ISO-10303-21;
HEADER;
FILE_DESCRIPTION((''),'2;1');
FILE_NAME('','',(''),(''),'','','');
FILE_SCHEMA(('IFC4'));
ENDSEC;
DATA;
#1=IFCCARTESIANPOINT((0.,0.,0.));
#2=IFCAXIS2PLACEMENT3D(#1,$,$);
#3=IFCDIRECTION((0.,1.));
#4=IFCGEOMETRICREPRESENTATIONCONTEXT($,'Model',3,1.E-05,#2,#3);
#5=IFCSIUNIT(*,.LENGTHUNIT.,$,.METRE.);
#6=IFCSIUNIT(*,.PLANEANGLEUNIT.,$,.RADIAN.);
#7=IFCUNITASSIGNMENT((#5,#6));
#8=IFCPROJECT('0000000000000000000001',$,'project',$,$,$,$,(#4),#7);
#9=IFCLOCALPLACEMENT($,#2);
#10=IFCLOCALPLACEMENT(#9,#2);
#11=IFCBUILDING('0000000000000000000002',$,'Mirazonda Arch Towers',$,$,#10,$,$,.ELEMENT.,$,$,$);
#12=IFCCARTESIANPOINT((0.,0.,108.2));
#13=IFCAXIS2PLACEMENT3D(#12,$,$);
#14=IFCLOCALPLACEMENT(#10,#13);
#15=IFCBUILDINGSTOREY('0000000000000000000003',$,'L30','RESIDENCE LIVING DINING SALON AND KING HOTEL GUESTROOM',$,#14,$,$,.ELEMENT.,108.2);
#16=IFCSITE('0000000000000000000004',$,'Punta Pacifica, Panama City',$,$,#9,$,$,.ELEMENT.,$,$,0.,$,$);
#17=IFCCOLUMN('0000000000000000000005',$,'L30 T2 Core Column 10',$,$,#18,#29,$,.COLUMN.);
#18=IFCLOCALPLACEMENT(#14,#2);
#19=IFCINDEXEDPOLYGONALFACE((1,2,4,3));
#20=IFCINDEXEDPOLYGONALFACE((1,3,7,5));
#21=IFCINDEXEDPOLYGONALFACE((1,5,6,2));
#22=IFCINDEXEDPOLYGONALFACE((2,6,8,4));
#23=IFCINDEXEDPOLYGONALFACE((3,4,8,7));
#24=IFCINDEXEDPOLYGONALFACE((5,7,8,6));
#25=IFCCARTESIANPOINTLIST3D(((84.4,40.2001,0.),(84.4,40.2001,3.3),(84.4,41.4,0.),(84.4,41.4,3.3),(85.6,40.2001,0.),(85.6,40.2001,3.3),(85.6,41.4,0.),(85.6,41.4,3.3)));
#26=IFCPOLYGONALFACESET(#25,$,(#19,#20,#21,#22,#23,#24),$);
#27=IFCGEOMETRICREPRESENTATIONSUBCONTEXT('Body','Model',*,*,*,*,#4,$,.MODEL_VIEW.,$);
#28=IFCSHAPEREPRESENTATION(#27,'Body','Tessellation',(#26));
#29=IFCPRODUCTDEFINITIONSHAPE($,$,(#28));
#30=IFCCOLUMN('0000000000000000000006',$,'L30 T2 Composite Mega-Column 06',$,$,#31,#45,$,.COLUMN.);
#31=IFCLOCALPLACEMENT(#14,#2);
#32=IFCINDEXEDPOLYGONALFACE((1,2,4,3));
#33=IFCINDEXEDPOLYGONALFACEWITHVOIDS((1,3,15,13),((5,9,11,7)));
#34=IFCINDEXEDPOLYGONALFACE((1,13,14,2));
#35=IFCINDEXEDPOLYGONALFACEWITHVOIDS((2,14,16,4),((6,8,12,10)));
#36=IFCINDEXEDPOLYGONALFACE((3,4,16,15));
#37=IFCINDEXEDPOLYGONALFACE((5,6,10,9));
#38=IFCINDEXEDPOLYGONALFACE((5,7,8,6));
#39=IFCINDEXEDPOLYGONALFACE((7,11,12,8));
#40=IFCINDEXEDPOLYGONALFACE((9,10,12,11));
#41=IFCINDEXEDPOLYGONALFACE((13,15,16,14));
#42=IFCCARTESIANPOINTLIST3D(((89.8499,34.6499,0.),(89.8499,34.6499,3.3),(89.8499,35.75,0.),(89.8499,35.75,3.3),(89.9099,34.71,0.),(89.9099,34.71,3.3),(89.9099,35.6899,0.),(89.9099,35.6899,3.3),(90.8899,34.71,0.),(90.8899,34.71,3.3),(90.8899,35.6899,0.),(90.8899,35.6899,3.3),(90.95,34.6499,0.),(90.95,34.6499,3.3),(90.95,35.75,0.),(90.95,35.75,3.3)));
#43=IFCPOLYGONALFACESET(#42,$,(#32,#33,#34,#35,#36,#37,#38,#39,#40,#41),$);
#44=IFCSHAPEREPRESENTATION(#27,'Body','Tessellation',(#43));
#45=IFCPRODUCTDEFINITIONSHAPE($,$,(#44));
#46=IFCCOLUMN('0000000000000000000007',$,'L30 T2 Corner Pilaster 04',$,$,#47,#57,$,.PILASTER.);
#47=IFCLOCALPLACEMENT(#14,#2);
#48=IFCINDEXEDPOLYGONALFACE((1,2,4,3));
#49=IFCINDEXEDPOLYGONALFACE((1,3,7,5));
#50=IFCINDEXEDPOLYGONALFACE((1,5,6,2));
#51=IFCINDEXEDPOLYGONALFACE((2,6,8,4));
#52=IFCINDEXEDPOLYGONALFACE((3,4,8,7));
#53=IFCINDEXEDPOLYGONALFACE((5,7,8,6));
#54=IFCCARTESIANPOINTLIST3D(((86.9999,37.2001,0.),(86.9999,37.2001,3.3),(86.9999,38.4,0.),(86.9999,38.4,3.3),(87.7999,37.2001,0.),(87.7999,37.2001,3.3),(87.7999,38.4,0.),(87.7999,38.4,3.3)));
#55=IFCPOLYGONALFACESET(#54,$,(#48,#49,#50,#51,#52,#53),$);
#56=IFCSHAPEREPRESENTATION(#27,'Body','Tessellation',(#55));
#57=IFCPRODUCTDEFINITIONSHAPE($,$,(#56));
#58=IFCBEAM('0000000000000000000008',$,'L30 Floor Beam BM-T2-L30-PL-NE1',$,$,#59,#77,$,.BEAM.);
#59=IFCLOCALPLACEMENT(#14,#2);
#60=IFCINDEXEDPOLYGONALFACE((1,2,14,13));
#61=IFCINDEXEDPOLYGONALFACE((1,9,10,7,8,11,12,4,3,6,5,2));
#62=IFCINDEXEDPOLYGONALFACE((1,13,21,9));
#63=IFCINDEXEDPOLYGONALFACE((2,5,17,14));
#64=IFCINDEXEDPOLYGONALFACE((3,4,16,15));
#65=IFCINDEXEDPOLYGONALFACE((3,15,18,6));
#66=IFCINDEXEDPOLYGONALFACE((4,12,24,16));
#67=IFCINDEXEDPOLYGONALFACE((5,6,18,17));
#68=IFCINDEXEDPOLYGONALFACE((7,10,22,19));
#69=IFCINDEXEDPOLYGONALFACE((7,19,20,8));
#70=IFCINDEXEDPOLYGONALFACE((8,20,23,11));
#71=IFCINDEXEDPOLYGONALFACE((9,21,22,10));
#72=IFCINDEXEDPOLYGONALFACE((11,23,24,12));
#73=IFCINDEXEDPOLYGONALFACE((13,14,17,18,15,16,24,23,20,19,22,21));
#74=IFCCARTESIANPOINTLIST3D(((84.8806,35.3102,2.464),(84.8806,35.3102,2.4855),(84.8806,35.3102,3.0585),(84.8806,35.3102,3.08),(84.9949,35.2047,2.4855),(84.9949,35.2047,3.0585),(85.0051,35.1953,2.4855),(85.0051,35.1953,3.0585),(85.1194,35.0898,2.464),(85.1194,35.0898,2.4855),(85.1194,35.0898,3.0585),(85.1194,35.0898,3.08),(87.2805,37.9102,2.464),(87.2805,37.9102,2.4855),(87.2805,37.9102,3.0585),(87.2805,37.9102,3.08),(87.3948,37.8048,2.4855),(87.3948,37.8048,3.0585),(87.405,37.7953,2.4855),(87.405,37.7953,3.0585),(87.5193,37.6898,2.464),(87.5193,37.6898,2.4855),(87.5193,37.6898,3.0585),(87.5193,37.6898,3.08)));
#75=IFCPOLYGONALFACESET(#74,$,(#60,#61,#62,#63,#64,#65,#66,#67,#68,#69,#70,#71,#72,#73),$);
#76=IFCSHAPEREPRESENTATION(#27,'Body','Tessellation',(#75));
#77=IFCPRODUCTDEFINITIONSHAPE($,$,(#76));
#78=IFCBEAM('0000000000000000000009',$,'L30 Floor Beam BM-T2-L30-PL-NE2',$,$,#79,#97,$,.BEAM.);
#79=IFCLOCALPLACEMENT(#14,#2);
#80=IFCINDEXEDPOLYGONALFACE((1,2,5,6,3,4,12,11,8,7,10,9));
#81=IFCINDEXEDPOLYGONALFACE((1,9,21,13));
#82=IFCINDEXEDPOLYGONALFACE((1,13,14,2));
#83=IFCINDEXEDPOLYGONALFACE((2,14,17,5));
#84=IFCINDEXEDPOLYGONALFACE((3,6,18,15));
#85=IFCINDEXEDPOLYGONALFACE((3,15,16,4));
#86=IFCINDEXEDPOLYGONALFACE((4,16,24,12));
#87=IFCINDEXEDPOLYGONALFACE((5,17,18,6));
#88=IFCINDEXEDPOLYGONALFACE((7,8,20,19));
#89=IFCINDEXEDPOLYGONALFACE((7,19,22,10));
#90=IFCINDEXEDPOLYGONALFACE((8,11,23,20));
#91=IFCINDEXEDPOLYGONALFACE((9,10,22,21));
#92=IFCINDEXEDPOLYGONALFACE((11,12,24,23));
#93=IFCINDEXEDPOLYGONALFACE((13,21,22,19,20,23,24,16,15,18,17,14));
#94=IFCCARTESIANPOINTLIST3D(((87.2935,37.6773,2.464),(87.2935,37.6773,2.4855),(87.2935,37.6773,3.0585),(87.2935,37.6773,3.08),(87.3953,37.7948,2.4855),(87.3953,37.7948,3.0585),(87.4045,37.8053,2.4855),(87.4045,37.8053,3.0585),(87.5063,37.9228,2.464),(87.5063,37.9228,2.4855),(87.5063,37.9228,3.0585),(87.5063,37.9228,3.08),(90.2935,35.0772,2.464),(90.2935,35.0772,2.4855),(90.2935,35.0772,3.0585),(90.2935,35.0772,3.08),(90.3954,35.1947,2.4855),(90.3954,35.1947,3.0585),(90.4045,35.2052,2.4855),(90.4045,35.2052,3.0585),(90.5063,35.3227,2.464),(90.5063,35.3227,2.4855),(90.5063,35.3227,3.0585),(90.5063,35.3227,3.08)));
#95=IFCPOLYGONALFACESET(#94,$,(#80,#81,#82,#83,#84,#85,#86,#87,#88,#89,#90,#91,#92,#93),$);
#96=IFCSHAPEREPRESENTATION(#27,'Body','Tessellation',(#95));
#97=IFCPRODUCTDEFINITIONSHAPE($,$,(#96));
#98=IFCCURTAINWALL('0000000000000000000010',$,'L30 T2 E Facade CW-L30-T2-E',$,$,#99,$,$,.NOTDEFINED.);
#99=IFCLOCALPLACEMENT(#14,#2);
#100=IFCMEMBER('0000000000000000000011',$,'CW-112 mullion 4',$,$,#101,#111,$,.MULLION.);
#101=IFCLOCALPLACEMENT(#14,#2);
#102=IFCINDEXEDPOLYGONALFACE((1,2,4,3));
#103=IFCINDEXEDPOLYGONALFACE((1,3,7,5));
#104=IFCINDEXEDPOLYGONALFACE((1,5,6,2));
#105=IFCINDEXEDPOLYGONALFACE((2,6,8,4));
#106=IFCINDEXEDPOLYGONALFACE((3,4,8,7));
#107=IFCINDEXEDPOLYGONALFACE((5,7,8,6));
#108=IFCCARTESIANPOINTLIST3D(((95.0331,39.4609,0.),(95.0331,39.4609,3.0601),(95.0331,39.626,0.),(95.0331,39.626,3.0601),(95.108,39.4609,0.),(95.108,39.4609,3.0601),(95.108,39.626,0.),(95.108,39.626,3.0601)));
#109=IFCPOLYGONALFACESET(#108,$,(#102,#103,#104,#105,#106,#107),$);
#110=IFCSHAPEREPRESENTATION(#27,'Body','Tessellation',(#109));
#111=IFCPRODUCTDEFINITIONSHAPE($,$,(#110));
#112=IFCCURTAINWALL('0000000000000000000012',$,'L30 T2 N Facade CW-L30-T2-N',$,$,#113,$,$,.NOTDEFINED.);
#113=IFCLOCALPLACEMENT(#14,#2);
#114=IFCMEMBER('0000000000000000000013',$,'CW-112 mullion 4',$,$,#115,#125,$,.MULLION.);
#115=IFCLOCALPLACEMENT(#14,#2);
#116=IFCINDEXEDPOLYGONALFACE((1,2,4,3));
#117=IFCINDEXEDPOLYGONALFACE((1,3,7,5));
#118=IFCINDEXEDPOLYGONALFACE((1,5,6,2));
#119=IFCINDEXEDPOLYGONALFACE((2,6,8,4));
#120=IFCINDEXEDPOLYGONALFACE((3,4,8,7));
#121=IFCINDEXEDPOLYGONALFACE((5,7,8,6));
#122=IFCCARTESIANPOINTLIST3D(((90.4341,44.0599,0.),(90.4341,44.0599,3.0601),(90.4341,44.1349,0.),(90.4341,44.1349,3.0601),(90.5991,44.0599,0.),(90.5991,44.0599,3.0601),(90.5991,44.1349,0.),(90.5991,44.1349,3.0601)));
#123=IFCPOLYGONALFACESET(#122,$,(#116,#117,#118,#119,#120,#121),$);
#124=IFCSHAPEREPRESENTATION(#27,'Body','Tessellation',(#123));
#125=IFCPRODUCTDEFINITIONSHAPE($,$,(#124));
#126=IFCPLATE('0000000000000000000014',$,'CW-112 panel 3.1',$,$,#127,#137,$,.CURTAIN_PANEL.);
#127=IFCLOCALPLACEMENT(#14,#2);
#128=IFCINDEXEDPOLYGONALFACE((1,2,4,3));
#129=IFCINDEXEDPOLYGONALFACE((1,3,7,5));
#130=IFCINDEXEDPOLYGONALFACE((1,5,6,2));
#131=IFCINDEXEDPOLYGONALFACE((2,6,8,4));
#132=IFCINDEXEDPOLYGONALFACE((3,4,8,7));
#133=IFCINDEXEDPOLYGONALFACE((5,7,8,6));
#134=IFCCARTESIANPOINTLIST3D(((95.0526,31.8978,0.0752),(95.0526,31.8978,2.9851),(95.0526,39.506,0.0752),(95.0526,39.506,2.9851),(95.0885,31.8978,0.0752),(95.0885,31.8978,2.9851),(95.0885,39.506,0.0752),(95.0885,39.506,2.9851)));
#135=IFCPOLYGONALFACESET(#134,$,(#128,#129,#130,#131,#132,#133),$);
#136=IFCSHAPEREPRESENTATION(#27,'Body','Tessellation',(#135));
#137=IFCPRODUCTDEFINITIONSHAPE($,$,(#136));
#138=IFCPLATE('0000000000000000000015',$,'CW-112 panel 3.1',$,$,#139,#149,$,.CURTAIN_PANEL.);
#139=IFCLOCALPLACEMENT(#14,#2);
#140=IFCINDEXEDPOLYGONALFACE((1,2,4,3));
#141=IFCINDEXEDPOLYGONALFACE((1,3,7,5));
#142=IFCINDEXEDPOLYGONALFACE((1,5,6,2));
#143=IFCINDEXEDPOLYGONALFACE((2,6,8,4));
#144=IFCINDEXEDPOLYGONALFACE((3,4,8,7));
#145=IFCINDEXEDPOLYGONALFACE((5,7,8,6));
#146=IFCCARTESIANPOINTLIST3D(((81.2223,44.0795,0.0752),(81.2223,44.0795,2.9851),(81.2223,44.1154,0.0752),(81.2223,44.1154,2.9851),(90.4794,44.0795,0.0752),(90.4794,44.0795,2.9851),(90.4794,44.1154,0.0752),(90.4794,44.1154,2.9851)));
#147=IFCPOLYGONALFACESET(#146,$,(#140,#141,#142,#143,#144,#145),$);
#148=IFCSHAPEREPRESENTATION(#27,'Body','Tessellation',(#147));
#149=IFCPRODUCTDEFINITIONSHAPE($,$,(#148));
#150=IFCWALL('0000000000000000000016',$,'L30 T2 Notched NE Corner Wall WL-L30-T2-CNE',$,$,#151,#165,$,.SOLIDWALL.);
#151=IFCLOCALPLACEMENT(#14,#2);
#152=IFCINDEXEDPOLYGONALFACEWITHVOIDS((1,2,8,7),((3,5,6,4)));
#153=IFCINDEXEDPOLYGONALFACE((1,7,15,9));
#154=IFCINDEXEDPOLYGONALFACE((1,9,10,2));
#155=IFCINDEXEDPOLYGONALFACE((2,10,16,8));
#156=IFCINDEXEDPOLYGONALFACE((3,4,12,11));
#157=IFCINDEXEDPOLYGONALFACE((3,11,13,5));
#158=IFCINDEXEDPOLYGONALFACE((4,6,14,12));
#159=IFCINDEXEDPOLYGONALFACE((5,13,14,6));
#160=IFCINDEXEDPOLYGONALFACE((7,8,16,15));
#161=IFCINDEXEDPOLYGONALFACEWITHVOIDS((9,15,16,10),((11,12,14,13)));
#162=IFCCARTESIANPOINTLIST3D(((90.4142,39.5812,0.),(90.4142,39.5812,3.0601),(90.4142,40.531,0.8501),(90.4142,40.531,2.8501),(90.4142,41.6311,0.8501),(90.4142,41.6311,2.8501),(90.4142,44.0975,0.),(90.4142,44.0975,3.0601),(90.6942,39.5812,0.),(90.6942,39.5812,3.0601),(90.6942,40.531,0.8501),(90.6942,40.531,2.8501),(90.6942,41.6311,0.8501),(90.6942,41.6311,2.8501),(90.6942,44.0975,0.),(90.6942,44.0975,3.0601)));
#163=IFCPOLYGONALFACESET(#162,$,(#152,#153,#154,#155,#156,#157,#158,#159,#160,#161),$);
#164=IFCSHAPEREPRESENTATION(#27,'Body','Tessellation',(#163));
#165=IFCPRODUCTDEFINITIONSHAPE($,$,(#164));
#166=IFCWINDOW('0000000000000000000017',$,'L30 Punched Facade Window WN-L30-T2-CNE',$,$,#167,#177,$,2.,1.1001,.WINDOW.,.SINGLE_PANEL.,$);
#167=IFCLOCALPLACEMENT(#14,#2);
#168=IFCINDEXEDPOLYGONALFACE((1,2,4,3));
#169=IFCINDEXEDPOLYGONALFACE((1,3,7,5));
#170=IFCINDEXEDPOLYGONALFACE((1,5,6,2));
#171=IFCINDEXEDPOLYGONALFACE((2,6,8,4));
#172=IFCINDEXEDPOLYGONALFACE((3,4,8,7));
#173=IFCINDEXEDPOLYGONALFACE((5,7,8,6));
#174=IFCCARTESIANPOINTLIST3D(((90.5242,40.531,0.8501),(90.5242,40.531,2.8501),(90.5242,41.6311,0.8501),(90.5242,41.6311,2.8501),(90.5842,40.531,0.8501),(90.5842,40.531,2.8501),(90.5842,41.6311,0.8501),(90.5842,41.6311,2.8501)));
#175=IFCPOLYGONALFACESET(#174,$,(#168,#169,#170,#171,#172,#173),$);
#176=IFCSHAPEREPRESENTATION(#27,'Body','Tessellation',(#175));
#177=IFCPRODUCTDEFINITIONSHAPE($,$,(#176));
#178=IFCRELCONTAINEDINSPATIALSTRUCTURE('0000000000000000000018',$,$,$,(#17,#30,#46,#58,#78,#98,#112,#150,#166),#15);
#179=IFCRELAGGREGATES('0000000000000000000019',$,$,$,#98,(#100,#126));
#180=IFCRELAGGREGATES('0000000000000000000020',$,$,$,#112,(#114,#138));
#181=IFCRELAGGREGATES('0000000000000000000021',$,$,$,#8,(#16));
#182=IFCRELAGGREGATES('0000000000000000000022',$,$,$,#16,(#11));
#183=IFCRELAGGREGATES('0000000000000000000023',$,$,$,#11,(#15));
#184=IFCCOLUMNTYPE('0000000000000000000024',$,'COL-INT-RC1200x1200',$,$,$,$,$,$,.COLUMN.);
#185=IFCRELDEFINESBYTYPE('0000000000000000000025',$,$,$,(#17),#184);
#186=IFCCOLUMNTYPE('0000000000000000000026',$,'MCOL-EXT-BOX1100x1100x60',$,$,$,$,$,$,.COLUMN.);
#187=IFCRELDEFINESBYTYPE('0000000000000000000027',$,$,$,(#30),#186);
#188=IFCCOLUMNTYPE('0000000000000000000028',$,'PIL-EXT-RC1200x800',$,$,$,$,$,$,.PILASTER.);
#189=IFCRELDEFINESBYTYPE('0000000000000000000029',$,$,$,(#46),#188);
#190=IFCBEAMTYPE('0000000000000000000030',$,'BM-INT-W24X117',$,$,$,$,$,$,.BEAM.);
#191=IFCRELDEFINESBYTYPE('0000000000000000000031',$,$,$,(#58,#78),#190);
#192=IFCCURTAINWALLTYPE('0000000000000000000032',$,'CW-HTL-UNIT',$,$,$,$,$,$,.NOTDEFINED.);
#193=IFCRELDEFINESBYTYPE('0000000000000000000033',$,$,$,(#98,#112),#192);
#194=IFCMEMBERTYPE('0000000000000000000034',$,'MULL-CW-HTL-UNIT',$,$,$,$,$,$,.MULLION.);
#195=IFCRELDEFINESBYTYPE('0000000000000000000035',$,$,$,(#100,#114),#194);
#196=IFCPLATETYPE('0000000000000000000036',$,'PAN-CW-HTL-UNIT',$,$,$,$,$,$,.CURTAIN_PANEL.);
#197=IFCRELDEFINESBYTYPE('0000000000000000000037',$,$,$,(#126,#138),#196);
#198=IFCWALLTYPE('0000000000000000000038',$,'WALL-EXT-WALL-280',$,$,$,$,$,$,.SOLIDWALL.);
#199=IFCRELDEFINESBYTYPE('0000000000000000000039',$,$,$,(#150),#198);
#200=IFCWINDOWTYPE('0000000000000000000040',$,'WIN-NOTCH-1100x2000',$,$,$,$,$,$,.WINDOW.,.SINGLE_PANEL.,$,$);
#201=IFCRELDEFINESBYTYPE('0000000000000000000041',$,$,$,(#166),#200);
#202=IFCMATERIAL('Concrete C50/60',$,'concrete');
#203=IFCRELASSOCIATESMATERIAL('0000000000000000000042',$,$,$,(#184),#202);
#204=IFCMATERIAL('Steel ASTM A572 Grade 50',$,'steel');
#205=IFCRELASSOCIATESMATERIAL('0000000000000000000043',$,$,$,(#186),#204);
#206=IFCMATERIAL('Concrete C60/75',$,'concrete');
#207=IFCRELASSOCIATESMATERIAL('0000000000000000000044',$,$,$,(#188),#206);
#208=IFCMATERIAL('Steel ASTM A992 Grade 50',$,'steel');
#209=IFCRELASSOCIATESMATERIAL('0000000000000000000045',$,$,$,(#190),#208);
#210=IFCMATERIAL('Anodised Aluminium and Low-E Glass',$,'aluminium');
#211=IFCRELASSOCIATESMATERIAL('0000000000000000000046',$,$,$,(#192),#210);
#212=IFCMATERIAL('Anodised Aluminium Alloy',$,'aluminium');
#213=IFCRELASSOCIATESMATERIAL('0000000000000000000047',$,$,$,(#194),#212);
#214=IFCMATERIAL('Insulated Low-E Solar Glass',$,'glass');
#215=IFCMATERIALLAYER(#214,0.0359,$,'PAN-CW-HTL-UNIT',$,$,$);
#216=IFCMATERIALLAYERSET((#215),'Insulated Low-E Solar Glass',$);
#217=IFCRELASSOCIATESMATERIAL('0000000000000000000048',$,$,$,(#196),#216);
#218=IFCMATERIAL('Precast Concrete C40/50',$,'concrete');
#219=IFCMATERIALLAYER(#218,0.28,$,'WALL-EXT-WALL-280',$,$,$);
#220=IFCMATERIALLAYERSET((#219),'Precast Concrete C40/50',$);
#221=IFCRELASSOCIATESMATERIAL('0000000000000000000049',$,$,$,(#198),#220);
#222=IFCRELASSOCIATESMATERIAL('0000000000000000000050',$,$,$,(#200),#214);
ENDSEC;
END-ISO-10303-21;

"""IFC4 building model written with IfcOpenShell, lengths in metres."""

from ifc_helpers import new_model, si_unit, direction, frame, frame_2d, origin, origin_2d, place, context, subcontext, project, spatial, rectangle, hollow_rectangle, i_section, extrude, material, layer, layer_set, material_profile, profile_set, type_object, element, fill, aggregate, save


model = new_model("IFC4")

# Units and contexts
model_context = context("Model", 3, precision=1e-05, world=origin(), true_north=direction((0.0, 1.0)))
body_context = subcontext(model_context, "Body", "Model", "MODEL_VIEW")
ifc_project = project(units=[si_unit("LENGTHUNIT", "METRE"), si_unit("PLANEANGLEUNIT", "RADIAN")], contexts=[model_context])

# Site, building, storey
site_placement = place(None, origin())
site = spatial("IfcSite", under=ifc_project, at=site_placement, Name="Punta Pacifica, Panama City", CompositionType="ELEMENT", RefElevation=0.0)
building_placement = place(site_placement, origin())
building = spatial("IfcBuilding", under=site, at=building_placement, Name="Mirazonda Arch Towers", CompositionType="ELEMENT")
storey_placement = place(building_placement, frame((0.0, 0.0, 108.2)))
storey = spatial("IfcBuildingStorey", under=building, at=storey_placement, Name="L30", Description="RESIDENCE LIVING DINING SALON AND KING HOTEL GUESTROOM", CompositionType="ELEMENT", Elevation=108.2)

# Columns
ifc_material_1 = material(Name="Concrete C50/60", Category="concrete")
ifc_material_profile_1 = material_profile(ifc_material_1, rectangle(XDim=1.2, YDim=1.2, at=origin_2d()), Name="RC1200x1200")
ifc_profile_set_1 = profile_set([ifc_material_profile_1], Name="Concrete C50/60")
column_type_1 = type_object("IfcColumnType", Name="COL-INT-RC1200x1200", PredefinedType="COLUMN", material=ifc_profile_set_1)
column_1_placement = place(storey_placement, frame((85.0, 40.8, 0.0), z_axis=(0.0, 0.0, 1.0), x_axis=(1.0, 0.0, 0.0)))
element("IfcColumn", 1, at=column_1_placement, inside=storey, type_object=column_type_1, Name="L30 T2 Core Column 10", PredefinedType="COLUMN", context=body_context, shape_type="SweptSolid", body=[
    extrude(rectangle(XDim=1.2, YDim=1.2, at=origin_2d()), origin(), (0.0, 0.0, 1.0), 3.3),
])
ifc_material_2 = material(Name="Steel ASTM A572 Grade 50", Category="steel")
ifc_material_profile_2 = material_profile(ifc_material_2, hollow_rectangle(XDim=1.1001, YDim=1.1001, WallThickness=0.0601, at=origin_2d()), Name="BOX1100x1100x60")
ifc_profile_set_2 = profile_set([ifc_material_profile_2], Name="Steel ASTM A572 Grade 50")
column_type_2 = type_object("IfcColumnType", Name="MCOL-EXT-BOX1100x1100x60", PredefinedType="COLUMN", material=ifc_profile_set_2)
column_2_placement = place(storey_placement, frame((90.3999, 35.2, 0.0), z_axis=(0.0, 0.0, 1.0), x_axis=(1.0, 0.0, 0.0)))
element("IfcColumn", 2, at=column_2_placement, inside=storey, type_object=column_type_2, Name="L30 T2 Composite Mega-Column 06", PredefinedType="COLUMN", context=body_context, shape_type="SweptSolid", body=[
    extrude(hollow_rectangle(XDim=1.1001, YDim=1.1001, WallThickness=0.0601, at=origin_2d()), origin(), (0.0, 0.0, 1.0), 3.3),
])
ifc_material_3 = material(Name="Concrete C60/75", Category="concrete")
ifc_material_profile_3 = material_profile(ifc_material_3, rectangle(XDim=0.8, YDim=1.2, at=origin_2d()), Name="RC1200x800")
ifc_profile_set_3 = profile_set([ifc_material_profile_3], Name="Concrete C60/75")
column_type_3 = type_object("IfcColumnType", Name="PIL-EXT-RC1200x800", PredefinedType="PILASTER", material=ifc_profile_set_3)
column_3_placement = place(storey_placement, frame((87.3999, 37.8, 0.0), z_axis=(0.0, 0.0, 1.0), x_axis=(1.0, 0.0, 0.0)))
element("IfcColumn", 3, at=column_3_placement, inside=storey, type_object=column_type_3, Name="L30 T2 Corner Pilaster 04", PredefinedType="PILASTER", context=body_context, shape_type="SweptSolid", body=[
    extrude(rectangle(XDim=0.8, YDim=1.2, at=origin_2d()), origin(), (0.0, 0.0, 1.0), 3.3),
])

# Beams
ifc_material_4 = material(Name="Steel ASTM A992 Grade 50", Category="steel")
ifc_material_profile_4 = material_profile(ifc_material_4, i_section(OverallWidth=0.325, OverallDepth=0.616, WebThickness=0.0139, FlangeThickness=0.0215, at=origin_2d()), Name="W24X117")
ifc_profile_set_4 = profile_set([ifc_material_profile_4], Name="Steel ASTM A992 Grade 50")
beam_type = type_object("IfcBeamType", Name="BM-INT-W24X117", PredefinedType="BEAM", material=ifc_profile_set_4)
beam_1_placement = place(storey_placement, frame((87.3999, 37.8, 2.772), z_axis=(-0.678251, -0.73483, 0.0), x_axis=(0.73483, -0.678251, 0.0)))
element("IfcBeam", 4, at=beam_1_placement, inside=storey, type_object=beam_type, Name="L30 Floor Beam BM-T2-L30-PL-NE1", PredefinedType="BEAM", context=body_context, shape_type="SweptSolid", body=[
    extrude(i_section(OverallWidth=0.325, OverallDepth=0.616, WebThickness=0.0139, FlangeThickness=0.0215, at=origin_2d()), origin(), (0.0, 0.0, 1.0), 3.5383),
])
beam_2_placement = place(storey_placement, frame((87.3999, 37.8, 2.772), z_axis=(0.755677, -0.654945, 0.0), x_axis=(0.654945, 0.755677, 0.0)))
element("IfcBeam", 5, at=beam_2_placement, inside=storey, type_object=beam_type, Name="L30 Floor Beam BM-T2-L30-PL-NE2", PredefinedType="BEAM", context=body_context, shape_type="SweptSolid", body=[
    extrude(i_section(OverallWidth=0.325, OverallDepth=0.616, WebThickness=0.0139, FlangeThickness=0.0215, at=origin_2d()), origin(), (0.0, 0.0, 1.0), 3.97),
])

# Curtain walls, members
ifc_material_5 = material(Name="Anodised Aluminium and Low-E Glass", Category="aluminium")
curtain_wall_type = type_object("IfcCurtainWallType", Name="CW-HTL-UNIT", PredefinedType="NOTDEFINED", material=ifc_material_5)
curtain_wall_1_placement = place(storey_placement, origin())
curtain_wall_1 = element("IfcCurtainWall", 6, at=curtain_wall_1_placement, inside=storey, type_object=curtain_wall_type, Name="L30 T2 E Facade CW-L30-T2-E", PredefinedType="NOTDEFINED")
ifc_material_6 = material(Name="Anodised Aluminium Alloy", Category="aluminium")
ifc_material_profile_5 = material_profile(ifc_material_6, rectangle(XDim=0.075, YDim=0.165, at=origin_2d()), Name="ALU-MULL-75x165")
ifc_profile_set_5 = profile_set([ifc_material_profile_5], Name="Anodised Aluminium Alloy")
member_type = type_object("IfcMemberType", Name="MULL-CW-HTL-UNIT", PredefinedType="MULLION", material=ifc_profile_set_5)
member_1_placement = place(storey_placement, frame((95.0706, 39.5435, 0.0), z_axis=(0.0, 0.0, 1.0), x_axis=(-1.0, 0.0, 0.0)))
member_1 = element("IfcMember", 7, at=member_1_placement, type_object=member_type, Name="CW-112 mullion 4", PredefinedType="MULLION", context=body_context, shape_type="SweptSolid", body=[
    extrude(rectangle(XDim=0.075, YDim=0.165, at=origin_2d()), origin(), (0.0, 0.0, 1.0), 3.0601),
])
curtain_wall_2_placement = place(storey_placement, origin())
curtain_wall_2 = element("IfcCurtainWall", 8, at=curtain_wall_2_placement, inside=storey, type_object=curtain_wall_type, Name="L30 T2 N Facade CW-L30-T2-N", PredefinedType="NOTDEFINED")
member_2_placement = place(storey_placement, frame((90.5166, 44.0974, 0.0), z_axis=(0.0, 0.0, 1.0), x_axis=(0.0, 1.0, 0.0)))
member_2 = element("IfcMember", 9, at=member_2_placement, type_object=member_type, Name="CW-112 mullion 4", PredefinedType="MULLION", context=body_context, shape_type="SweptSolid", body=[
    extrude(rectangle(XDim=0.075, YDim=0.165, at=origin_2d()), origin(), (0.0, 0.0, 1.0), 3.0601),
])

# Plates
ifc_material_7 = material(Name="Insulated Low-E Solar Glass", Category="glass")
ifc_layer_1 = layer(ifc_material_7, 0.0359, Name="PAN-CW-HTL-UNIT")
ifc_layer_set_1 = layer_set([ifc_layer_1], Name="Insulated Low-E Solar Glass")
plate_type = type_object("IfcPlateType", Name="PAN-CW-HTL-UNIT", PredefinedType="CURTAIN_PANEL", material=ifc_layer_set_1)
plate_1_placement = place(storey_placement, frame((95.0706, 35.7019, 0.0752), z_axis=(0.0, 0.0, 1.0), x_axis=(0.0, 1.0, 0.0)))
plate_1 = element("IfcPlate", 10, at=plate_1_placement, type_object=plate_type, Name="CW-112 panel 3.1", PredefinedType="CURTAIN_PANEL", context=body_context, shape_type="SweptSolid", body=[
    extrude(rectangle(XDim=7.6082, YDim=0.0359, at=origin_2d()), origin(), (0.0, 0.0, 1.0), 2.9099),
])
aggregate(curtain_wall_1, [member_1, plate_1])
plate_2_placement = place(storey_placement, frame((85.8508, 44.0974, 0.0752), z_axis=(0.0, 0.0, 1.0), x_axis=(1.0, 0.0, 0.0)))
plate_2 = element("IfcPlate", 11, at=plate_2_placement, type_object=plate_type, Name="CW-112 panel 3.1", PredefinedType="CURTAIN_PANEL", context=body_context, shape_type="SweptSolid", body=[
    extrude(rectangle(XDim=9.2571, YDim=0.0359, at=origin_2d()), origin(), (0.0, 0.0, 1.0), 2.9099),
])
aggregate(curtain_wall_2, [member_2, plate_2])

# Wall, opening, window
ifc_material_8 = material(Name="Precast Concrete C40/50", Category="concrete")
ifc_layer_2 = layer(ifc_material_8, 0.28, Name="WALL-EXT-WALL-280")
ifc_layer_set_2 = layer_set([ifc_layer_2], Name="Precast Concrete C40/50")
wall_type_1 = type_object("IfcWallType", Name="WALL-EXT-WALL-280", PredefinedType="SOLIDWALL", material=ifc_layer_set_2)
wall_1_placement = place(storey_placement, frame((90.5542, 39.5811, 0.0), z_axis=(0.0, 0.0, 1.0), x_axis=(0.0, 1.0, 0.0)))
wall_1 = element("IfcWall", 12, at=wall_1_placement, inside=storey, type_object=wall_type_1, Name="L30 T2 Notched NE Corner Wall WL-L30-T2-CNE", PredefinedType="SOLIDWALL", context=body_context, shape_type="SweptSolid", body=[
    extrude(rectangle(XDim=4.5164, YDim=0.28, at=frame_2d((2.2583, 0.0))), origin(), (0.0, 0.0, 1.0), 3.0601),
])
opening_1_placement = place(wall_1_placement, frame((0.95, 0.0, 0.8501)))
opening_1 = element("IfcOpeningElement", 13, at=opening_1_placement, cuts=wall_1, PredefinedType="OPENING", context=body_context, shape_type="SweptSolid", body=[
    extrude(rectangle(XDim=1.1001, YDim=2.0, at=frame_2d((0.55, 1.0))), frame((0.0, 0.1499, 0.0), z_axis=(0.0, -1.0, 0.0), x_axis=(1.0, 0.0, 0.0)), (0.0, 0.0, 1.0), 0.3),
])
window_type = type_object("IfcWindowType", Name="WIN-NOTCH-1100x2000", PartitioningType="SINGLE_PANEL", PredefinedType="WINDOW", material=ifc_material_7)
window_1_placement = place(opening_1_placement, origin())
window_1 = element("IfcWindow", 14, at=window_1_placement, inside=storey, type_object=window_type, Name="L30 Punched Facade Window WN-L30-T2-CNE", OverallHeight=2.0, OverallWidth=1.1001, PartitioningType="SINGLE_PANEL", PredefinedType="WINDOW", context=body_context, shape_type="SweptSolid", body=[
    extrude(rectangle(XDim=1.1001, YDim=2.0, at=frame_2d((0.55, 1.0))), frame((0.0, 0.03, 0.0), z_axis=(0.0, -1.0, 0.0), x_axis=(1.0, 0.0, 0.0)), (0.0, 0.0, 1.0), 0.0601),
])
fill(opening_1, window_1)

save(model, "model.ifc")
